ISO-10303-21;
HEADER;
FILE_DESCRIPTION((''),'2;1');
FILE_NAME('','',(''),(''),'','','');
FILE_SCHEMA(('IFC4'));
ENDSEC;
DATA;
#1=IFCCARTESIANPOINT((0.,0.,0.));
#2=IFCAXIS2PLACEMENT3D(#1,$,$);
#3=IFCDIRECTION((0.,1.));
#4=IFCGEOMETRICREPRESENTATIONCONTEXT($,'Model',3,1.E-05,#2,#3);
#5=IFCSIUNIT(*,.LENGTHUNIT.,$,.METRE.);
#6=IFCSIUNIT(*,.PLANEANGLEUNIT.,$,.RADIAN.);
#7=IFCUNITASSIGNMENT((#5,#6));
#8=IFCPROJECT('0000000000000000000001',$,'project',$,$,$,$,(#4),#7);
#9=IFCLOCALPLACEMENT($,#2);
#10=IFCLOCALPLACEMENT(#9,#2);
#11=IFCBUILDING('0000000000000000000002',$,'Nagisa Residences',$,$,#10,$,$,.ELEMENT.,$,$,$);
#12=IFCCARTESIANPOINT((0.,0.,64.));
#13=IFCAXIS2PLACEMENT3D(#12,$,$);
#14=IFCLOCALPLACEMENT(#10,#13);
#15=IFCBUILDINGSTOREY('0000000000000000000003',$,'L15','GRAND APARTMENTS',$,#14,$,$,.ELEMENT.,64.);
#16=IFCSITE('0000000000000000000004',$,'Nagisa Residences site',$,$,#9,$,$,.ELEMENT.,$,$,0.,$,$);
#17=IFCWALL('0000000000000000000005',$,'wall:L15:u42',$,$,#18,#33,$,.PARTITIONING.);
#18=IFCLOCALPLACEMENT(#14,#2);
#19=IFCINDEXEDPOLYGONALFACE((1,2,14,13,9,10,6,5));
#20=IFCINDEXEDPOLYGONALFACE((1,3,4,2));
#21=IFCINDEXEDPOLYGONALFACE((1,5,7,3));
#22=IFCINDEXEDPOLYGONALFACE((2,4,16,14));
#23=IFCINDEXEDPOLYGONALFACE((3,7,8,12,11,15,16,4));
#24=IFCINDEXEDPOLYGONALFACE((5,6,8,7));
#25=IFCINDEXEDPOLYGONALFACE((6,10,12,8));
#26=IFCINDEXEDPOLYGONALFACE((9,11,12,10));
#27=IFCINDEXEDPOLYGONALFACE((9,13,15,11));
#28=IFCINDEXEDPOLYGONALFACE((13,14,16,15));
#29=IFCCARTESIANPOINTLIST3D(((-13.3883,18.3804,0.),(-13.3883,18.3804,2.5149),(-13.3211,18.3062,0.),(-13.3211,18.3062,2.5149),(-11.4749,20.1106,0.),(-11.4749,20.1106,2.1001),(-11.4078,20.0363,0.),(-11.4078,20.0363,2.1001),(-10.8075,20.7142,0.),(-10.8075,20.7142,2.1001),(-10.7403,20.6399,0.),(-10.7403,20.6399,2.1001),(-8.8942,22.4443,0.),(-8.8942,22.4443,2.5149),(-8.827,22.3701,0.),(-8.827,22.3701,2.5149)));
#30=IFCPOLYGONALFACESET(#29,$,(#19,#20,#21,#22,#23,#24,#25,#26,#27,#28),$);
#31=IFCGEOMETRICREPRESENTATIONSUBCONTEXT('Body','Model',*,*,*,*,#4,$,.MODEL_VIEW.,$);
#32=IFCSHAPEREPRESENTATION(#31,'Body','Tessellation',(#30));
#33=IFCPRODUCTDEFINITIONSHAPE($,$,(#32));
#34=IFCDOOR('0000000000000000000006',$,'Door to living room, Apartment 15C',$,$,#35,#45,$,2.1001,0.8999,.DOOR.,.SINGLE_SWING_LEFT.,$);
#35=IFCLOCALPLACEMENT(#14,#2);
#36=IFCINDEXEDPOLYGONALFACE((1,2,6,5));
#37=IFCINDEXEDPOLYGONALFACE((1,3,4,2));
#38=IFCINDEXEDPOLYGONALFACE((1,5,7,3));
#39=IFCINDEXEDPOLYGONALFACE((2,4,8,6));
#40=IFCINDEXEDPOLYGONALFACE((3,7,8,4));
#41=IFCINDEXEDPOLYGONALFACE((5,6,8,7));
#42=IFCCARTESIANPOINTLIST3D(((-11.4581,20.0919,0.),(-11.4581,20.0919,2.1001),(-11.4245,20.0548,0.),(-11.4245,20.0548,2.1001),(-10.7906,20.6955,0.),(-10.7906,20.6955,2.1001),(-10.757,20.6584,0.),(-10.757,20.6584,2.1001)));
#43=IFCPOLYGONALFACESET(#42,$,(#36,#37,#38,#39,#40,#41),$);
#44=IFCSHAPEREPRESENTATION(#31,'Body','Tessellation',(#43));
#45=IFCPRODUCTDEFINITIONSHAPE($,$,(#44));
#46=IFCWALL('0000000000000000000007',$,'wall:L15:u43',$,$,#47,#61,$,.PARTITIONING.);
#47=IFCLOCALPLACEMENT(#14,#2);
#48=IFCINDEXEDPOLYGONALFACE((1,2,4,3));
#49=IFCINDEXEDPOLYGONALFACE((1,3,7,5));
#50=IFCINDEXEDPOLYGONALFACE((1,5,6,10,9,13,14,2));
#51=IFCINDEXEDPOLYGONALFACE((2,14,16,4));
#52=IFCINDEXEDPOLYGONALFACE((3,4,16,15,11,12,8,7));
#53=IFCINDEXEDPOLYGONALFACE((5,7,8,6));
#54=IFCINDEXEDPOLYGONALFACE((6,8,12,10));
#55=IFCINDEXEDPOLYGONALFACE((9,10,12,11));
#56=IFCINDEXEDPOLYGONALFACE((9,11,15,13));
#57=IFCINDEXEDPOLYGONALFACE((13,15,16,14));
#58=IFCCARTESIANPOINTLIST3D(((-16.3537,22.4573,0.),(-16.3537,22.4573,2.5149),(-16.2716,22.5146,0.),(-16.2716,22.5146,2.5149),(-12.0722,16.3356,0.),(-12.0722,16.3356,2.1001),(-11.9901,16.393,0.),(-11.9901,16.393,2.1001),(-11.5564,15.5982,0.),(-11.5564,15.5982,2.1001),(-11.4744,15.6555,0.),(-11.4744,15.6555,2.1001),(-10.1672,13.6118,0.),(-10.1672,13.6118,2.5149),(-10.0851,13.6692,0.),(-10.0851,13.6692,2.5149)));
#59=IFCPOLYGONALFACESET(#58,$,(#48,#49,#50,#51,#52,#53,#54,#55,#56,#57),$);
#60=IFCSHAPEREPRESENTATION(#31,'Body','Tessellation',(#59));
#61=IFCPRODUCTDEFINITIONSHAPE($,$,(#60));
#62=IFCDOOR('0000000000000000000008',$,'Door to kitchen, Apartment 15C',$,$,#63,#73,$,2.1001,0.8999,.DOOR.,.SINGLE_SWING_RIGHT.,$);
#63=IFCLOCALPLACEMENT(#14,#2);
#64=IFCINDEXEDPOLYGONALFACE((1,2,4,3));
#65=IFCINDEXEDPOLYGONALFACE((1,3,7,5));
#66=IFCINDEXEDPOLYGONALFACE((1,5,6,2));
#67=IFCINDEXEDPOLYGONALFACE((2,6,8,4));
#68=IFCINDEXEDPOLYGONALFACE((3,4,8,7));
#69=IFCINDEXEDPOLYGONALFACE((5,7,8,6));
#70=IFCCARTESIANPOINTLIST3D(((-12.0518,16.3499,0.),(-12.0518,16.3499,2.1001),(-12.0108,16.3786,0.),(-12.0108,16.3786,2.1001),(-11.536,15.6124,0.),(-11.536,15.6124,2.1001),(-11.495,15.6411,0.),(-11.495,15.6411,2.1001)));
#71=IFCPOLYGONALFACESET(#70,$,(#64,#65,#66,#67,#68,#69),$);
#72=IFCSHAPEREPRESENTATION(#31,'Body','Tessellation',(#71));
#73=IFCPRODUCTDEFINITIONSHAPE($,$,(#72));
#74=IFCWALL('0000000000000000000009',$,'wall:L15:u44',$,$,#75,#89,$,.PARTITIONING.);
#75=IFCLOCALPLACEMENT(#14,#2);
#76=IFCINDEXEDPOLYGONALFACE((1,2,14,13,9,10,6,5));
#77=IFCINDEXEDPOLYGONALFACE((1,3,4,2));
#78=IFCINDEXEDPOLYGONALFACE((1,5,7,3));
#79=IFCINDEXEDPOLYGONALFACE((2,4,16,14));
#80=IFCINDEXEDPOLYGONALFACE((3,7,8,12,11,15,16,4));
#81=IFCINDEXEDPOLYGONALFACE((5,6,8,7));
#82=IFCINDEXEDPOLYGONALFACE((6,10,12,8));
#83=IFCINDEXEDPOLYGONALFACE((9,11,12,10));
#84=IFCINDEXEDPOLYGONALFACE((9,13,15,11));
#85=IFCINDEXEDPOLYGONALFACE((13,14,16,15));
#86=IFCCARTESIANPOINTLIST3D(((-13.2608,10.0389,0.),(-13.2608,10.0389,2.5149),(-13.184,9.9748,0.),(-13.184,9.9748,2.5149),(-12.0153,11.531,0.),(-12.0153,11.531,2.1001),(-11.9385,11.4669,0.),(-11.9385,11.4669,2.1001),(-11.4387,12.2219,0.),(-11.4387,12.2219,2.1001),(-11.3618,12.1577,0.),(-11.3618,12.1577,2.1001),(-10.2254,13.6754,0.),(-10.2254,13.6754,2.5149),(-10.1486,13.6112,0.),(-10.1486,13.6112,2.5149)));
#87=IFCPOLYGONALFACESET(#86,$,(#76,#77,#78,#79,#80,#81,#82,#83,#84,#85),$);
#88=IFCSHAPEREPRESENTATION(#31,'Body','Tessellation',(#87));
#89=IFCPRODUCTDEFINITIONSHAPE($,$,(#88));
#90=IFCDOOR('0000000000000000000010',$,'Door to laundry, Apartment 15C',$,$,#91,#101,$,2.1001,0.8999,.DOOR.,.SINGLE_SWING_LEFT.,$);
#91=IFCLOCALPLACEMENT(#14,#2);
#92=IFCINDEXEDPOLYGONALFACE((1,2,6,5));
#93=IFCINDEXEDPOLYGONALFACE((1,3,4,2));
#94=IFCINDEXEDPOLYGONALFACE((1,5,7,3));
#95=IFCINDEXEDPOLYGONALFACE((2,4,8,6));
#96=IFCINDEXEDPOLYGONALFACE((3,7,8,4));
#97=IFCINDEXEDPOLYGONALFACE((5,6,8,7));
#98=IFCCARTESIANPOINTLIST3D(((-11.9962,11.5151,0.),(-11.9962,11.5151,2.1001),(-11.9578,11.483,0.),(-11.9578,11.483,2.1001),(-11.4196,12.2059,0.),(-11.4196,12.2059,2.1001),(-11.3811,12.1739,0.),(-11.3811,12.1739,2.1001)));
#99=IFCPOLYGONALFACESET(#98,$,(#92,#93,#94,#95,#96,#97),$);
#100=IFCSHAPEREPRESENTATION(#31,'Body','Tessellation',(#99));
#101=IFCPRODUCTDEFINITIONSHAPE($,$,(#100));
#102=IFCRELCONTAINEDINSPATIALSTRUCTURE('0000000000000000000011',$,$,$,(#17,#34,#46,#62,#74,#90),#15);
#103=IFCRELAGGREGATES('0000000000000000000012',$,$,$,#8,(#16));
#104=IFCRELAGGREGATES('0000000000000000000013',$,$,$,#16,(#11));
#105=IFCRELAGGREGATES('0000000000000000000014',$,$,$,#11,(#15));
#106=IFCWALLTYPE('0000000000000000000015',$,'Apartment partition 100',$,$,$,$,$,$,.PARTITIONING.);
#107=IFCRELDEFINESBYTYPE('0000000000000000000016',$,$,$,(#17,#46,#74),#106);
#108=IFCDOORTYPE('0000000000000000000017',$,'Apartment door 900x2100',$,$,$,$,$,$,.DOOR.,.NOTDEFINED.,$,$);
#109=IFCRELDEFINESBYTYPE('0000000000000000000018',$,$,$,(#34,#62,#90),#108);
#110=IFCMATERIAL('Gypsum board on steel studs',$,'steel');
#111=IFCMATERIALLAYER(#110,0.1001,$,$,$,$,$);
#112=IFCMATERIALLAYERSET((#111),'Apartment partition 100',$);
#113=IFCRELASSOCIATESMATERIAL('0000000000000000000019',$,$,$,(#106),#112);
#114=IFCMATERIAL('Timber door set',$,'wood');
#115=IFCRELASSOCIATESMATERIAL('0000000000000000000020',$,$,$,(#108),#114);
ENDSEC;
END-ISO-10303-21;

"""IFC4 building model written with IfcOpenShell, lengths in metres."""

from ifc_helpers import new_model, si_unit, direction, frame, frame_2d, origin, place, context, subcontext, project, spatial, rectangle, extrude, material, layer, layer_set, type_object, element, fill, save


model = new_model("IFC4")

# Units and contexts
model_context = context("Model", 3, precision=1e-05, world=origin(), true_north=direction((0.0, 1.0)))
body_context = subcontext(model_context, "Body", "Model", "MODEL_VIEW")
ifc_project = project(units=[si_unit("LENGTHUNIT", "METRE"), si_unit("PLANEANGLEUNIT", "RADIAN")], contexts=[model_context])

# Site, building, storey
site_placement = place(None, origin())
site = spatial("IfcSite", under=ifc_project, at=site_placement, Name="Nagisa Residences site", CompositionType="ELEMENT", RefElevation=0.0)
building_placement = place(site_placement, origin())
building = spatial("IfcBuilding", under=site, at=building_placement, Name="Nagisa Residences", CompositionType="ELEMENT")
storey_placement = place(building_placement, frame((0.0, 0.0, 64.0)))
storey = spatial("IfcBuildingStorey", under=building, at=storey_placement, Name="L15", Description="GRAND APARTMENTS", CompositionType="ELEMENT", Elevation=64.0)

# Shared definitions
ifc_material_1 = material(Name="Gypsum board on steel studs", Category="steel")
ifc_layer_1 = layer(ifc_material_1, 0.1001)
ifc_layer_set_1 = layer_set([ifc_layer_1], Name="Apartment partition 100")
wall_type_1 = type_object("IfcWallType", Name="Apartment partition 100", PredefinedType="PARTITIONING", material=ifc_layer_set_1)

# Shared definitions
ifc_material_2 = material(Name="Timber door set", Category="wood")
door_type_1 = type_object("IfcDoorType", Name="Apartment door 900x2100", OperationType="NOTDEFINED", PredefinedType="DOOR", material=ifc_material_2)

# Walls, openings, doors
wall_1_placement = place(storey_placement, frame((-8.8606, 22.4072, 0.0), z_axis=(0.0, 0.0, 1.0), x_axis=(-0.741713, -0.670717, 0.0)))
wall_1 = element("IfcWall", 1, at=wall_1_placement, inside=storey, type_object=wall_type_1, Name="wall:L15:u42", PredefinedType="PARTITIONING", context=body_context, shape_type="SweptSolid", body=[
    extrude(rectangle(XDim=6.0591, YDim=0.1001, at=frame_2d((3.0295, 0.0))), origin(), (0.0, 0.0, 1.0), 2.5149),
])
opening_1_placement = place(wall_1_placement, frame((2.5796, 0.0, 0.0)))
opening_1 = element("IfcOpeningElement", 2, at=opening_1_placement, cuts=wall_1, PredefinedType="OPENING", context=body_context, shape_type="SweptSolid", body=[
    extrude(rectangle(XDim=0.8999, YDim=2.1001, at=frame_2d((0.45, 1.05))), frame((0.0, 0.0601, 0.0), z_axis=(0.0, -1.0, 0.0), x_axis=(1.0, 0.0, 0.0)), (0.0, 0.0, 1.0), 0.1201),
])
door_1_placement = place(opening_1_placement, frame((0.8999, 0.0, 0.0), x_axis=(-1.0, 0.0, 0.0)))
door_1 = element("IfcDoor", 3, at=door_1_placement, inside=storey, type_object=door_type_1, Name="Door to living room, Apartment 15C", OperationType="SINGLE_SWING_LEFT", OverallHeight=2.1001, OverallWidth=0.8999, PredefinedType="DOOR", context=body_context, shape_type="SweptSolid", body=[
    extrude(rectangle(XDim=0.8999, YDim=2.1001, at=frame_2d((0.45, 1.05))), frame((0.0, 0.0249, 0.0), z_axis=(0.0, -1.0, 0.0), x_axis=(1.0, 0.0, 0.0)), (0.0, 0.0, 1.0), 0.05),
])
fill(opening_1, door_1)
wall_2_placement = place(storey_placement, frame((-10.1262, 13.6406, 0.0), z_axis=(0.0, 0.0, 1.0), x_axis=(-0.573133, 0.819462, 0.0)))
wall_2 = element("IfcWall", 4, at=wall_2_placement, inside=storey, type_object=wall_type_1, Name="wall:L15:u43", PredefinedType="PARTITIONING", context=body_context, shape_type="SweptSolid", body=[
    extrude(rectangle(XDim=10.7942, YDim=0.1001, at=frame_2d((5.397, 0.0))), origin(), (0.0, 0.0, 1.0), 2.5149),
])
opening_2_placement = place(wall_2_placement, frame((2.4238, 0.0, 0.0)))
opening_2 = element("IfcOpeningElement", 5, at=opening_2_placement, cuts=wall_2, PredefinedType="OPENING", context=body_context, shape_type="SweptSolid", body=[
    extrude(rectangle(XDim=0.8999, YDim=2.1001, at=frame_2d((0.45, 1.05))), frame((0.0, 0.0601, 0.0), z_axis=(0.0, -1.0, 0.0), x_axis=(1.0, 0.0, 0.0)), (0.0, 0.0, 1.0), 0.1201),
])
door_2_placement = place(opening_2_placement, frame((0.8999, 0.0, 0.0), x_axis=(-1.0, 0.0, 0.0)))
door_2 = element("IfcDoor", 6, at=door_2_placement, inside=storey, type_object=door_type_1, Name="Door to kitchen, Apartment 15C", OperationType="SINGLE_SWING_RIGHT", OverallHeight=2.1001, OverallWidth=0.8999, PredefinedType="DOOR", context=body_context, shape_type="SweptSolid", body=[
    extrude(rectangle(XDim=0.8999, YDim=2.1001, at=frame_2d((0.45, 1.05))), frame((0.0, 0.0249, 0.0), z_axis=(0.0, -1.0, 0.0), x_axis=(1.0, 0.0, 0.0)), (0.0, 0.0, 1.0), 0.05),
])
fill(opening_2, door_2)
wall_3_placement = place(storey_placement, frame((-10.187, 13.6433, 0.0), z_axis=(0.0, 0.0, 1.0), x_axis=(-0.640808, -0.767701, 0.0)))
wall_3 = element("IfcWall", 7, at=wall_3_placement, inside=storey, type_object=wall_type_1, Name="wall:L15:u44", PredefinedType="PARTITIONING", context=body_context, shape_type="SweptSolid", body=[
    extrude(rectangle(XDim=4.7368, YDim=0.1001, at=frame_2d((2.3684, 0.0))), origin(), (0.0, 0.0, 1.0), 2.5149),
])
opening_3_placement = place(wall_3_placement, frame((1.8933, 0.0, 0.0)))
opening_3 = element("IfcOpeningElement", 8, at=opening_3_placement, cuts=wall_3, PredefinedType="OPENING", context=body_context, shape_type="SweptSolid", body=[
    extrude(rectangle(XDim=0.8999, YDim=2.1001, at=frame_2d((0.45, 1.05))), frame((0.0, 0.0601, 0.0), z_axis=(0.0, -1.0, 0.0), x_axis=(1.0, 0.0, 0.0)), (0.0, 0.0, 1.0), 0.1201),
])
door_3_placement = place(opening_3_placement, origin())
door_3 = element("IfcDoor", 9, at=door_3_placement, inside=storey, type_object=door_type_1, Name="Door to laundry, Apartment 15C", OperationType="SINGLE_SWING_LEFT", OverallHeight=2.1001, OverallWidth=0.8999, PredefinedType="DOOR", context=body_context, shape_type="SweptSolid", body=[
    extrude(rectangle(XDim=0.8999, YDim=2.1001, at=frame_2d((0.45, 1.05))), frame((0.0, 0.0249, 0.0), z_axis=(0.0, -1.0, 0.0), x_axis=(1.0, 0.0, 0.0)), (0.0, 0.0, 1.0), 0.05),
])
fill(opening_3, door_3)

save(model, "model.ifc")
